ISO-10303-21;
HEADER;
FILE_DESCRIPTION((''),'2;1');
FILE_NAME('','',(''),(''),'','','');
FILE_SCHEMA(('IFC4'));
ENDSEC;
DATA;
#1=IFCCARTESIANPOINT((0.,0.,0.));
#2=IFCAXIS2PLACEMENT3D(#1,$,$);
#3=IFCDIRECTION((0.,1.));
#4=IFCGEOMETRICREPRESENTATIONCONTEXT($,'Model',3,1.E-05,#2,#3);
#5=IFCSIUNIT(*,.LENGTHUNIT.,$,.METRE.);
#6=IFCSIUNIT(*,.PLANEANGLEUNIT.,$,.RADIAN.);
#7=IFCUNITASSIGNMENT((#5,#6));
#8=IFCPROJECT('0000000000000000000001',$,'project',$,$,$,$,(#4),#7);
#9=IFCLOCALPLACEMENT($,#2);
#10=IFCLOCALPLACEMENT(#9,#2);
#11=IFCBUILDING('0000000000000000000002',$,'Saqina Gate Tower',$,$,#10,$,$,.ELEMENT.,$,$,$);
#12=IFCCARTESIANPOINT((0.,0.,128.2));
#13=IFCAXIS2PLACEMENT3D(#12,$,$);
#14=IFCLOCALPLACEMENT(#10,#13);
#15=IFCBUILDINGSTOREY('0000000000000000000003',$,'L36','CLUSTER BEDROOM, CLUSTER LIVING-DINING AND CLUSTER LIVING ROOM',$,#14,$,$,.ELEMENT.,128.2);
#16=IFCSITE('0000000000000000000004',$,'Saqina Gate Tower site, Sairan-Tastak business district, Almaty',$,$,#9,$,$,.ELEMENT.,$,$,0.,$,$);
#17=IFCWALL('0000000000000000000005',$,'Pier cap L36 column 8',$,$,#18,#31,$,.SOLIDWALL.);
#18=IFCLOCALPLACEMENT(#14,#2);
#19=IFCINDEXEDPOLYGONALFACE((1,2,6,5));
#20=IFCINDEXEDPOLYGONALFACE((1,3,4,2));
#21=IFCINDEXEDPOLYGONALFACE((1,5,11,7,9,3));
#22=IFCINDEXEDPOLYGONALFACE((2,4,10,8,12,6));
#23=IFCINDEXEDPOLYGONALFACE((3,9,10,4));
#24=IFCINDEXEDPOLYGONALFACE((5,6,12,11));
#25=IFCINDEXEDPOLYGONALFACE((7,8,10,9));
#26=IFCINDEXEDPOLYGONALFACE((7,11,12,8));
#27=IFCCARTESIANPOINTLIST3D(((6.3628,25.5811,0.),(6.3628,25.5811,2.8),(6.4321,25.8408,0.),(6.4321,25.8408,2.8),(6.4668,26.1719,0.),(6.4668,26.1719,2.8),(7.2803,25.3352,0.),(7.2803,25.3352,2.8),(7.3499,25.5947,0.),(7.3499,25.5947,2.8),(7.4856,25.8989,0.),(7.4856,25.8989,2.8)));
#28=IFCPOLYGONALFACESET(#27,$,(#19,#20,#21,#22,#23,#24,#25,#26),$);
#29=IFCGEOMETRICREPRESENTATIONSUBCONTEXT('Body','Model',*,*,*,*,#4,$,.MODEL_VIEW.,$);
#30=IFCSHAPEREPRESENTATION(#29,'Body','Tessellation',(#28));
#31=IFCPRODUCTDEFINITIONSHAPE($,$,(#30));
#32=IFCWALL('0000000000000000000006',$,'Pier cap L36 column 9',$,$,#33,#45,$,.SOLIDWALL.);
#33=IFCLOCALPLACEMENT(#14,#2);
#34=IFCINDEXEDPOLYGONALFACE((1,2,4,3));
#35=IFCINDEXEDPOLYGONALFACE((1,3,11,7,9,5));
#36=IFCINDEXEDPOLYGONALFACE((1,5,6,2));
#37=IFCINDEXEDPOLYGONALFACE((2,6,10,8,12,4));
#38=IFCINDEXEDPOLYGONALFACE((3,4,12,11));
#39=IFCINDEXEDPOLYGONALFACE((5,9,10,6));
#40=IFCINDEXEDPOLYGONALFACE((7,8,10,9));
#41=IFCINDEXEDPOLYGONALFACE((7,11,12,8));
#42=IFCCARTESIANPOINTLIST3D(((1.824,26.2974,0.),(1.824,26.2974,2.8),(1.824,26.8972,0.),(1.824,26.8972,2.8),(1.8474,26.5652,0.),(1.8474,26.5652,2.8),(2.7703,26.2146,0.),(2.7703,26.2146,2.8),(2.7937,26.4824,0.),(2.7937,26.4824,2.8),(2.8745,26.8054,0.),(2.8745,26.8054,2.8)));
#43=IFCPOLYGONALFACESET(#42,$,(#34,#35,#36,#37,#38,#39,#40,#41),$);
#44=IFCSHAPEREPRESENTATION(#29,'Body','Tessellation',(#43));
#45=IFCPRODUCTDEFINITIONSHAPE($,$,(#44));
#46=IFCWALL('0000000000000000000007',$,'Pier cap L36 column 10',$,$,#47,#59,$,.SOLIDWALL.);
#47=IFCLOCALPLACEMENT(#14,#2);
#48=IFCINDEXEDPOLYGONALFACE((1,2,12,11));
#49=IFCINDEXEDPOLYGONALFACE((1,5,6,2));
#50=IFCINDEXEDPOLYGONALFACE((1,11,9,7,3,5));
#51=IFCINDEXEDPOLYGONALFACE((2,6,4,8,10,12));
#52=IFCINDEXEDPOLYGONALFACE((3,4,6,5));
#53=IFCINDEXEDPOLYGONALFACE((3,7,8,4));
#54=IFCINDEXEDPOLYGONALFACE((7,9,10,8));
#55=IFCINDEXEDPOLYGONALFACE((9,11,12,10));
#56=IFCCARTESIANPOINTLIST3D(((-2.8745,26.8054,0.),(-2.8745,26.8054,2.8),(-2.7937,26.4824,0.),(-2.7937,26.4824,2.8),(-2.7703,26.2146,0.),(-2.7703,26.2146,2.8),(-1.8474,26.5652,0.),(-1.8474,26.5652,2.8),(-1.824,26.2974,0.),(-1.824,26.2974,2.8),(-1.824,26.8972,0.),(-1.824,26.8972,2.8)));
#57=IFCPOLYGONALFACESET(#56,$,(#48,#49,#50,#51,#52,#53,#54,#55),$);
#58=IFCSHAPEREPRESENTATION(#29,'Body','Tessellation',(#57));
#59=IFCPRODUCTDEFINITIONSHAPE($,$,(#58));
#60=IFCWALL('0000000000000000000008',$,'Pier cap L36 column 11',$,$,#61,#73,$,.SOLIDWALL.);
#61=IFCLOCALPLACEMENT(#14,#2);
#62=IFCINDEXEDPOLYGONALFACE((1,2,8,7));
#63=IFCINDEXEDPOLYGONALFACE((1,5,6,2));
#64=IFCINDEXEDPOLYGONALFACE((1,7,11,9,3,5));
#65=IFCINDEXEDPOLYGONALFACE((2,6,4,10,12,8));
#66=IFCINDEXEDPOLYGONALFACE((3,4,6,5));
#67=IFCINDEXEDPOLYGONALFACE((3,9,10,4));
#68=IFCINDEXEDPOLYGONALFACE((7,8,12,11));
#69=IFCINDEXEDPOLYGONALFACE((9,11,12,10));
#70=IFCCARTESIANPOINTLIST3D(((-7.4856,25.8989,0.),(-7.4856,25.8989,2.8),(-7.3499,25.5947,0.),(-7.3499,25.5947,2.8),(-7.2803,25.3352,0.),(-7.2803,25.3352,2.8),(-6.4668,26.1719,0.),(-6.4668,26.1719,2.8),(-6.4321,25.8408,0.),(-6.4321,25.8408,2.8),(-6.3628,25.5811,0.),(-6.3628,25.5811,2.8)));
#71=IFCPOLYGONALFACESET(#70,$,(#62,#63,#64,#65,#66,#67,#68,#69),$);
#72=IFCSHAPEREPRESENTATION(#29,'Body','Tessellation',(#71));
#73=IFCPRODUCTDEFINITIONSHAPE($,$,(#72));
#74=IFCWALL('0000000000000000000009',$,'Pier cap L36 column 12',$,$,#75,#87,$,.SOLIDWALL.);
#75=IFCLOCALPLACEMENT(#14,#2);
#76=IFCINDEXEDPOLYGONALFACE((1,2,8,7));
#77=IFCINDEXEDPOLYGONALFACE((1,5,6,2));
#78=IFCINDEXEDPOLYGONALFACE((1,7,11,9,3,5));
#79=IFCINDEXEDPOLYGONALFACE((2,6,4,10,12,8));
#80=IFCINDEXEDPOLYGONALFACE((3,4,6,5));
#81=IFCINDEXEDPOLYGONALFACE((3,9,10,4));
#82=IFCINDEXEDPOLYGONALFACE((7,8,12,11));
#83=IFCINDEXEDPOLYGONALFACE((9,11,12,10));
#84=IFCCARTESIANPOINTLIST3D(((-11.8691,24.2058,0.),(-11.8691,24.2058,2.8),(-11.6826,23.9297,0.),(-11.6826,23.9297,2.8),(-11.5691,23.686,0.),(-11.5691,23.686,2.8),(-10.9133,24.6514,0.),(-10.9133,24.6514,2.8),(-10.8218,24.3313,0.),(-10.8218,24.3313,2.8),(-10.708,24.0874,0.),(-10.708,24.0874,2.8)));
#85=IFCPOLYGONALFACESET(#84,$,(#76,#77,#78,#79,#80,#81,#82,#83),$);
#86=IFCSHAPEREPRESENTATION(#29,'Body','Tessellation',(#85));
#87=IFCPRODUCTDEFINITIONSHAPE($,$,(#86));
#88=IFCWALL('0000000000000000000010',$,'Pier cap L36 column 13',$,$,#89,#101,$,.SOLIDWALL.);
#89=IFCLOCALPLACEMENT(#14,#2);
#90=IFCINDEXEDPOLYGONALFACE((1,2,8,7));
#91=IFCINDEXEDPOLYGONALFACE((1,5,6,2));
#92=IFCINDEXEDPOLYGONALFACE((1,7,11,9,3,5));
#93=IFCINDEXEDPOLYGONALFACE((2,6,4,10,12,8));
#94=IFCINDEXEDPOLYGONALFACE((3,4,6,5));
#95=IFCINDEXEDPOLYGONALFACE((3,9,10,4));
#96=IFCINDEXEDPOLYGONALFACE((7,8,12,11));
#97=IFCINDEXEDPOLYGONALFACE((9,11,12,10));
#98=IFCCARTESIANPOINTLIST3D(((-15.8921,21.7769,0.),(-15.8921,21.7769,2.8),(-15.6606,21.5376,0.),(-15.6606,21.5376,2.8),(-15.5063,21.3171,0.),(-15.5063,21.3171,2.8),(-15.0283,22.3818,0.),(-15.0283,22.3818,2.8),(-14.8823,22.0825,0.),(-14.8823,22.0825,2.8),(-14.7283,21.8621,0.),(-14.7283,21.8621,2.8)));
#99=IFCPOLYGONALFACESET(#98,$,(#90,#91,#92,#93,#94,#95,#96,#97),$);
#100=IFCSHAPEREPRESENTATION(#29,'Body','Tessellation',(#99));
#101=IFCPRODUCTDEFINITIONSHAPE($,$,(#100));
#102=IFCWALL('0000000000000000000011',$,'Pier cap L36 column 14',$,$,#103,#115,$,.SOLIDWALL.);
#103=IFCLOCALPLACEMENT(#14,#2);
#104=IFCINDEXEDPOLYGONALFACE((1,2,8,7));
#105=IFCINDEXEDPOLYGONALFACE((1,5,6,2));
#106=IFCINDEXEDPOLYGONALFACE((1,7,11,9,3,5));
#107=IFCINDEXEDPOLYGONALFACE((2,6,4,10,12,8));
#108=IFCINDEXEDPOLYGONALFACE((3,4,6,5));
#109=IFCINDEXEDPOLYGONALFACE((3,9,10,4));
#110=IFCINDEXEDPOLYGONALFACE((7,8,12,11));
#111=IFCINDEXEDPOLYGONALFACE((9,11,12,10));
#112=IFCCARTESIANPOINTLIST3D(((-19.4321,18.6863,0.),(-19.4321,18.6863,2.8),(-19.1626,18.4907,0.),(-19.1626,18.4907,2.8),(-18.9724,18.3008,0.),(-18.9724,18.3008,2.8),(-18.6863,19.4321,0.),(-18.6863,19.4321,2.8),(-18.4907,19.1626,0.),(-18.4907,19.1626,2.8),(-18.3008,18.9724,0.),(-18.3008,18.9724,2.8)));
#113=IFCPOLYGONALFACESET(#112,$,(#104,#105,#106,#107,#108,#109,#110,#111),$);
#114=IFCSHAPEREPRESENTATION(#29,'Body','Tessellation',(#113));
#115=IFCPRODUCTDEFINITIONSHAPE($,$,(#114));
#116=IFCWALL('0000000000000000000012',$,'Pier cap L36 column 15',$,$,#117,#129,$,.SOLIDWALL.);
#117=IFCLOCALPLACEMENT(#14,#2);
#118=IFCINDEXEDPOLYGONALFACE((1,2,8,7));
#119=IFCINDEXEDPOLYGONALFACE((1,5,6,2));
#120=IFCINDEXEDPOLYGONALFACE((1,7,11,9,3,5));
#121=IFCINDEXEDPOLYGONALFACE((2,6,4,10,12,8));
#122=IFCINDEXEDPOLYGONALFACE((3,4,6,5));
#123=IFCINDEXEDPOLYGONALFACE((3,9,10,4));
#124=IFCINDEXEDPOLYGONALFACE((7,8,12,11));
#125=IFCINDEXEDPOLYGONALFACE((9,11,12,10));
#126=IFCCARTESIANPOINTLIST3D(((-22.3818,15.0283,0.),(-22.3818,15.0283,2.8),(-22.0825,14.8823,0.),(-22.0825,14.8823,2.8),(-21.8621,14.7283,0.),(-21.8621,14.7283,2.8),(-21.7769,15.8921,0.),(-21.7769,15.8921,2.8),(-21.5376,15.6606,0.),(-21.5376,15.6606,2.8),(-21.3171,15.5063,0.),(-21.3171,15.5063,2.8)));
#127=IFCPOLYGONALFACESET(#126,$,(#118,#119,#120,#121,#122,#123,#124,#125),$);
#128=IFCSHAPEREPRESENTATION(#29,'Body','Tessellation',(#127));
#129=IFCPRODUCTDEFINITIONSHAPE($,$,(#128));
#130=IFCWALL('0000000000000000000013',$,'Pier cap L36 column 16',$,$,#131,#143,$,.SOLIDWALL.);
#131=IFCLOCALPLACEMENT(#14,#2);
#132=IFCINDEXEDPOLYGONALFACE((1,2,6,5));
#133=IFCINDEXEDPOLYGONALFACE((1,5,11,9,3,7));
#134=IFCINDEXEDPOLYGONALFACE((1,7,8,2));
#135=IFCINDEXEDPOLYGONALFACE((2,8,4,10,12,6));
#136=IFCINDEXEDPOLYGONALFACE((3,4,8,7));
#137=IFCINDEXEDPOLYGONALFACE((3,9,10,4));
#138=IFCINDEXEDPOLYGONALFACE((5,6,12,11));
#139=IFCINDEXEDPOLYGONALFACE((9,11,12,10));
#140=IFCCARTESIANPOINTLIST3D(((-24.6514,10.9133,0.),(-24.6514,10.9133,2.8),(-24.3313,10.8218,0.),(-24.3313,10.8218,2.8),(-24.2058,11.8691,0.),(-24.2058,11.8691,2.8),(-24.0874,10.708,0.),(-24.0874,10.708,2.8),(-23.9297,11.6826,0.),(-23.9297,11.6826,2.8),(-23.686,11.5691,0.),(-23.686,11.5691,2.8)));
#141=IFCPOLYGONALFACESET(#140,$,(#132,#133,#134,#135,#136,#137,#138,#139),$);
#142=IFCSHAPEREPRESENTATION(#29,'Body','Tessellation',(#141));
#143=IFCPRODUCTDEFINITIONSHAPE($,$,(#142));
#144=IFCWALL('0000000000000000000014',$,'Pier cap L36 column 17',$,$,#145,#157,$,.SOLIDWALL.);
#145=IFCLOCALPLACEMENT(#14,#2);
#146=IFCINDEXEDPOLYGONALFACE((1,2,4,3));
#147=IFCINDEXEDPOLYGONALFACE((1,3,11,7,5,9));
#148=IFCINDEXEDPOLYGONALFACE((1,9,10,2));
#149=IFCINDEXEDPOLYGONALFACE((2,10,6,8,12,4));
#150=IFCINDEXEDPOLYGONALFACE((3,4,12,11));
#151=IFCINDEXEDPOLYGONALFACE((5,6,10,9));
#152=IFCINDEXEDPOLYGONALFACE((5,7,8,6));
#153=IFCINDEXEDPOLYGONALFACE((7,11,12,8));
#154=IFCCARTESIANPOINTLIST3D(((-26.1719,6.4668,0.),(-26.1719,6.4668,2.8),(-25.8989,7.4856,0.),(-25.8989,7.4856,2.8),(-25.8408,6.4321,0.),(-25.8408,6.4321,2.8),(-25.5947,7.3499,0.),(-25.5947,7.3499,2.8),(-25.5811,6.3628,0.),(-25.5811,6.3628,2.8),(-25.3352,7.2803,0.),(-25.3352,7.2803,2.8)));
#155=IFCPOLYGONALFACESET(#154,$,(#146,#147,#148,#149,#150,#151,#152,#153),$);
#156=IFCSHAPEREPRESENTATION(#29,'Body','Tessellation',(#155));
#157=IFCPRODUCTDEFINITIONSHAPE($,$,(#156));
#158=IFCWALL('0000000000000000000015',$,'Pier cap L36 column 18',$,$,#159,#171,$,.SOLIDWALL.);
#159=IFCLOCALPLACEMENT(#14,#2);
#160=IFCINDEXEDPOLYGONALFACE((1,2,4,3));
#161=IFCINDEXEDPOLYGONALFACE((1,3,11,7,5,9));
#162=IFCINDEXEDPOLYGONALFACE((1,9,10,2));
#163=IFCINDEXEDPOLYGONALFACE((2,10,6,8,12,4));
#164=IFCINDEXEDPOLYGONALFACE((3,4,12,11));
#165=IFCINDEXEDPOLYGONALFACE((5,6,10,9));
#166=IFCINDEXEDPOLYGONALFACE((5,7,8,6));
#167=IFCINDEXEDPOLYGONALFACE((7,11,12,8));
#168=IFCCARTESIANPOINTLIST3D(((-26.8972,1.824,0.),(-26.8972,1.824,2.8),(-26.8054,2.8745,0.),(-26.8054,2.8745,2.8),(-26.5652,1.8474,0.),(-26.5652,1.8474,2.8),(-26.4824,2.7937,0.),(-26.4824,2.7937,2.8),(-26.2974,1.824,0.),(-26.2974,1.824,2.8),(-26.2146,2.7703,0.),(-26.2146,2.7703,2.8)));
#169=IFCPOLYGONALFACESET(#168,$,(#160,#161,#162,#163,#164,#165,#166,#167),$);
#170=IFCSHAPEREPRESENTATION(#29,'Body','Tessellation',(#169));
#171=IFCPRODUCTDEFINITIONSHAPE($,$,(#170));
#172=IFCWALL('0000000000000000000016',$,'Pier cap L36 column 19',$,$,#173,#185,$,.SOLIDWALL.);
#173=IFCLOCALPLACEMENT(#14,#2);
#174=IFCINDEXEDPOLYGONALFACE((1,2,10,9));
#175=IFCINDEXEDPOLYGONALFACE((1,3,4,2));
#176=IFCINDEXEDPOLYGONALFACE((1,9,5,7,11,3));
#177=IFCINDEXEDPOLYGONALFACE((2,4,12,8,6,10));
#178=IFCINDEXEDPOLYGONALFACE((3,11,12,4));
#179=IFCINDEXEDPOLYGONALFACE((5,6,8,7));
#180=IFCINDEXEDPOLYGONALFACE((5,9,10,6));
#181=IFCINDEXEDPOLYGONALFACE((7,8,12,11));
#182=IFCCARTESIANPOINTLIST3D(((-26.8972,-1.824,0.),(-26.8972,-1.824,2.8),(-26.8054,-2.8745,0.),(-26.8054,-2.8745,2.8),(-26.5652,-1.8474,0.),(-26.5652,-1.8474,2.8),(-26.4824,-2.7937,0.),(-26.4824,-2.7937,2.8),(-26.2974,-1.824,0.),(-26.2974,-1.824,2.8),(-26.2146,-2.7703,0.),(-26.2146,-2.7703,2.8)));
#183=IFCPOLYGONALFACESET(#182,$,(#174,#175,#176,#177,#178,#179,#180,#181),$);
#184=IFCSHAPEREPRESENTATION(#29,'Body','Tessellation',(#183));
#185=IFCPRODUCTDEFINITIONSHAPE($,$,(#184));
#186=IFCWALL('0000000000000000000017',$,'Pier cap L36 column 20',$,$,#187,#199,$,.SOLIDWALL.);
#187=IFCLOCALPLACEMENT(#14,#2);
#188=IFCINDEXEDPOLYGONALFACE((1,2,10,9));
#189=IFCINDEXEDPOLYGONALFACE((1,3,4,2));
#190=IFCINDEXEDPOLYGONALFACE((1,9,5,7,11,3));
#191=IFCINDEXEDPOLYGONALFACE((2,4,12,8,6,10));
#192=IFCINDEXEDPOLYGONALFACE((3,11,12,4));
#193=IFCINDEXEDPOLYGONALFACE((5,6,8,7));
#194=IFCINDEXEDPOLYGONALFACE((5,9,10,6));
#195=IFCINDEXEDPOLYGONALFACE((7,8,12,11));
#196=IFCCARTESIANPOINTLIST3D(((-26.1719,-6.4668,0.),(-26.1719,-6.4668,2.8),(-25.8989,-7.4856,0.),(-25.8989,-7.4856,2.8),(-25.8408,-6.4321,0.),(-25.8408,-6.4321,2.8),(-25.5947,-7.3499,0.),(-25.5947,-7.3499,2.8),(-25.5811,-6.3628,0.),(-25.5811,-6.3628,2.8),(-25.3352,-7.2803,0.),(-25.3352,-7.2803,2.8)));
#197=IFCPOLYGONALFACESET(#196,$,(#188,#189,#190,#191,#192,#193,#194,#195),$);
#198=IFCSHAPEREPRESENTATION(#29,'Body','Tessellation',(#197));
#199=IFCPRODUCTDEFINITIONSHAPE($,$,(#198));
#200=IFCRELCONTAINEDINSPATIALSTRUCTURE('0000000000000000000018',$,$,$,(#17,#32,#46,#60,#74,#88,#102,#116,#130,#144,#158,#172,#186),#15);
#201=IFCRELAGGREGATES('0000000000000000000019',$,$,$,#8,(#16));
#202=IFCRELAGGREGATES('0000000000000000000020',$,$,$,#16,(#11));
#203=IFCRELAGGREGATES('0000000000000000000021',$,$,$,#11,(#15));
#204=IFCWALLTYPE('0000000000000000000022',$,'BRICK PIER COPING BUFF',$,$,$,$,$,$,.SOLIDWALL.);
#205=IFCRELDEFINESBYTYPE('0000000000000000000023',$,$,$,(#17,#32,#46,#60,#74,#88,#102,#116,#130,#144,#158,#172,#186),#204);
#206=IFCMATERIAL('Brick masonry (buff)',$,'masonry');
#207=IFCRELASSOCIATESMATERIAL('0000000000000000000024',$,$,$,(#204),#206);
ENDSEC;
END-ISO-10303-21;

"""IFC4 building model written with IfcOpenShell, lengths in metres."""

from ifc_helpers import new_model, si_unit, direction, frame, origin, place, context, subcontext, project, spatial, polyline, outline, extrude, material, type_object, element, save


model = new_model("IFC4")

# Units and contexts
model_context = context("Model", 3, precision=1e-05, world=origin(), true_north=direction((0.0, 1.0)))
body_context = subcontext(model_context, "Body", "Model", "MODEL_VIEW")
ifc_project = project(units=[si_unit("LENGTHUNIT", "METRE"), si_unit("PLANEANGLEUNIT", "RADIAN")], contexts=[model_context])

# Site, building, storey
site_placement = place(None, origin())
site = spatial("IfcSite", under=ifc_project, at=site_placement, Name="Saqina Gate Tower site, Sairan-Tastak business district, Almaty", CompositionType="ELEMENT", RefElevation=0.0)
building_placement = place(site_placement, origin())
building = spatial("IfcBuilding", under=site, at=building_placement, Name="Saqina Gate Tower", CompositionType="ELEMENT")
storey_placement = place(building_placement, frame((0.0, 0.0, 128.2)))
storey = spatial("IfcBuildingStorey", under=building, at=storey_placement, Name="L36", Description="CLUSTER BEDROOM, CLUSTER LIVING-DINING AND CLUSTER LIVING ROOM", CompositionType="ELEMENT", Elevation=128.2)

# Walls
ifc_material_1 = material(Name="Brick masonry (buff)", Category="masonry")
wall_type_1 = type_object("IfcWallType", Name="BRICK PIER COPING BUFF", PredefinedType="SOLIDWALL", material=ifc_material_1)
wall_1_placement = place(storey_placement, origin())
element("IfcWall", 1, at=wall_1_placement, inside=storey, type_object=wall_type_1, Name="Pier cap L36 column 8", PredefinedType="SOLIDWALL", context=body_context, shape_type="SweptSolid", body=[
    extrude(outline(polyline([(7.4856, 25.8989), (6.4668, 26.1719), (6.3628, 25.5811), (6.4321, 25.8408), (7.3499, 25.5947), (7.2803, 25.3352), (7.4856, 25.8989)])), origin(), (0.0, 0.0, 1.0), 2.8),
])
wall_2_placement = place(storey_placement, origin())
element("IfcWall", 2, at=wall_2_placement, inside=storey, type_object=wall_type_1, Name="Pier cap L36 column 9", PredefinedType="SOLIDWALL", context=body_context, shape_type="SweptSolid", body=[
    extrude(outline(polyline([(2.8745, 26.8054), (1.824, 26.8972), (1.824, 26.2974), (1.8474, 26.5652), (2.7937, 26.4824), (2.7703, 26.2146), (2.8745, 26.8054)])), origin(), (0.0, 0.0, 1.0), 2.8),
])
wall_3_placement = place(storey_placement, origin())
element("IfcWall", 3, at=wall_3_placement, inside=storey, type_object=wall_type_1, Name="Pier cap L36 column 10", PredefinedType="SOLIDWALL", context=body_context, shape_type="SweptSolid", body=[
    extrude(outline(polyline([(-2.8745, 26.8054), (-2.7703, 26.2146), (-2.7937, 26.4824), (-1.8474, 26.5652), (-1.824, 26.2974), (-1.824, 26.8972), (-2.8745, 26.8054)])), origin(), (0.0, 0.0, 1.0), 2.8),
])
wall_4_placement = place(storey_placement, origin())
element("IfcWall", 4, at=wall_4_placement, inside=storey, type_object=wall_type_1, Name="Pier cap L36 column 11", PredefinedType="SOLIDWALL", context=body_context, shape_type="SweptSolid", body=[
    extrude(outline(polyline([(-6.4668, 26.1719), (-7.4856, 25.8989), (-7.2803, 25.3352), (-7.3499, 25.5947), (-6.4321, 25.8408), (-6.3628, 25.5811), (-6.4668, 26.1719)])), origin(), (0.0, 0.0, 1.0), 2.8),
])
wall_5_placement = place(storey_placement, origin())
element("IfcWall", 5, at=wall_5_placement, inside=storey, type_object=wall_type_1, Name="Pier cap L36 column 12", PredefinedType="SOLIDWALL", context=body_context, shape_type="SweptSolid", body=[
    extrude(outline(polyline([(-10.9133, 24.6514), (-11.8691, 24.2058), (-11.5691, 23.686), (-11.6826, 23.9297), (-10.8218, 24.3313), (-10.708, 24.0874), (-10.9133, 24.6514)])), origin(), (0.0, 0.0, 1.0), 2.8),
])
wall_6_placement = place(storey_placement, origin())
element("IfcWall", 6, at=wall_6_placement, inside=storey, type_object=wall_type_1, Name="Pier cap L36 column 13", PredefinedType="SOLIDWALL", context=body_context, shape_type="SweptSolid", body=[
    extrude(outline(polyline([(-15.8921, 21.7769), (-15.5063, 21.3171), (-15.6606, 21.5376), (-14.8823, 22.0825), (-14.7283, 21.8621), (-15.0283, 22.3818), (-15.8921, 21.7769)])), origin(), (0.0, 0.0, 1.0), 2.8),
])
wall_7_placement = place(storey_placement, origin())
element("IfcWall", 7, at=wall_7_placement, inside=storey, type_object=wall_type_1, Name="Pier cap L36 column 14", PredefinedType="SOLIDWALL", context=body_context, shape_type="SweptSolid", body=[
    extrude(outline(polyline([(-18.6863, 19.4321), (-19.4321, 18.6863), (-18.9724, 18.3008), (-19.1626, 18.4907), (-18.4907, 19.1626), (-18.3008, 18.9724), (-18.6863, 19.4321)])), origin(), (0.0, 0.0, 1.0), 2.8),
])
wall_8_placement = place(storey_placement, origin())
element("IfcWall", 8, at=wall_8_placement, inside=storey, type_object=wall_type_1, Name="Pier cap L36 column 15", PredefinedType="SOLIDWALL", context=body_context, shape_type="SweptSolid", body=[
    extrude(outline(polyline([(-22.3818, 15.0283), (-21.8621, 14.7283), (-22.0825, 14.8823), (-21.5376, 15.6606), (-21.3171, 15.5063), (-21.7769, 15.8921), (-22.3818, 15.0283)])), origin(), (0.0, 0.0, 1.0), 2.8),
])
wall_9_placement = place(storey_placement, origin())
element("IfcWall", 9, at=wall_9_placement, inside=storey, type_object=wall_type_1, Name="Pier cap L36 column 16", PredefinedType="SOLIDWALL", context=body_context, shape_type="SweptSolid", body=[
    extrude(outline(polyline([(-24.6514, 10.9133), (-24.0874, 10.708), (-24.3313, 10.8218), (-23.9297, 11.6826), (-23.686, 11.5691), (-24.2058, 11.8691), (-24.6514, 10.9133)])), origin(), (0.0, 0.0, 1.0), 2.8),
])
wall_10_placement = place(storey_placement, origin())
element("IfcWall", 10, at=wall_10_placement, inside=storey, type_object=wall_type_1, Name="Pier cap L36 column 17", PredefinedType="SOLIDWALL", context=body_context, shape_type="SweptSolid", body=[
    extrude(outline(polyline([(-25.8989, 7.4856), (-26.1719, 6.4668), (-25.5811, 6.3628), (-25.8408, 6.4321), (-25.5947, 7.3499), (-25.3352, 7.2803), (-25.8989, 7.4856)])), origin(), (0.0, 0.0, 1.0), 2.8),
])
wall_11_placement = place(storey_placement, origin())
element("IfcWall", 11, at=wall_11_placement, inside=storey, type_object=wall_type_1, Name="Pier cap L36 column 18", PredefinedType="SOLIDWALL", context=body_context, shape_type="SweptSolid", body=[
    extrude(outline(polyline([(-26.8054, 2.8745), (-26.8972, 1.824), (-26.2974, 1.824), (-26.5652, 1.8474), (-26.4824, 2.7937), (-26.2146, 2.7703), (-26.8054, 2.8745)])), origin(), (0.0, 0.0, 1.0), 2.8),
])
wall_12_placement = place(storey_placement, origin())
element("IfcWall", 12, at=wall_12_placement, inside=storey, type_object=wall_type_1, Name="Pier cap L36 column 19", PredefinedType="SOLIDWALL", context=body_context, shape_type="SweptSolid", body=[
    extrude(outline(polyline([(-26.8054, -2.8745), (-26.2146, -2.7703), (-26.4824, -2.7937), (-26.5652, -1.8474), (-26.2974, -1.824), (-26.8972, -1.824), (-26.8054, -2.8745)])), origin(), (0.0, 0.0, 1.0), 2.8),
])
wall_13_placement = place(storey_placement, origin())
element("IfcWall", 13, at=wall_13_placement, inside=storey, type_object=wall_type_1, Name="Pier cap L36 column 20", PredefinedType="SOLIDWALL", context=body_context, shape_type="SweptSolid", body=[
    extrude(outline(polyline([(-26.1719, -6.4668), (-25.8989, -7.4856), (-25.3352, -7.2803), (-25.5947, -7.3499), (-25.8408, -6.4321), (-25.5811, -6.3628), (-26.1719, -6.4668)])), origin(), (0.0, 0.0, 1.0), 2.8),
])

save(model, "model.ifc")
